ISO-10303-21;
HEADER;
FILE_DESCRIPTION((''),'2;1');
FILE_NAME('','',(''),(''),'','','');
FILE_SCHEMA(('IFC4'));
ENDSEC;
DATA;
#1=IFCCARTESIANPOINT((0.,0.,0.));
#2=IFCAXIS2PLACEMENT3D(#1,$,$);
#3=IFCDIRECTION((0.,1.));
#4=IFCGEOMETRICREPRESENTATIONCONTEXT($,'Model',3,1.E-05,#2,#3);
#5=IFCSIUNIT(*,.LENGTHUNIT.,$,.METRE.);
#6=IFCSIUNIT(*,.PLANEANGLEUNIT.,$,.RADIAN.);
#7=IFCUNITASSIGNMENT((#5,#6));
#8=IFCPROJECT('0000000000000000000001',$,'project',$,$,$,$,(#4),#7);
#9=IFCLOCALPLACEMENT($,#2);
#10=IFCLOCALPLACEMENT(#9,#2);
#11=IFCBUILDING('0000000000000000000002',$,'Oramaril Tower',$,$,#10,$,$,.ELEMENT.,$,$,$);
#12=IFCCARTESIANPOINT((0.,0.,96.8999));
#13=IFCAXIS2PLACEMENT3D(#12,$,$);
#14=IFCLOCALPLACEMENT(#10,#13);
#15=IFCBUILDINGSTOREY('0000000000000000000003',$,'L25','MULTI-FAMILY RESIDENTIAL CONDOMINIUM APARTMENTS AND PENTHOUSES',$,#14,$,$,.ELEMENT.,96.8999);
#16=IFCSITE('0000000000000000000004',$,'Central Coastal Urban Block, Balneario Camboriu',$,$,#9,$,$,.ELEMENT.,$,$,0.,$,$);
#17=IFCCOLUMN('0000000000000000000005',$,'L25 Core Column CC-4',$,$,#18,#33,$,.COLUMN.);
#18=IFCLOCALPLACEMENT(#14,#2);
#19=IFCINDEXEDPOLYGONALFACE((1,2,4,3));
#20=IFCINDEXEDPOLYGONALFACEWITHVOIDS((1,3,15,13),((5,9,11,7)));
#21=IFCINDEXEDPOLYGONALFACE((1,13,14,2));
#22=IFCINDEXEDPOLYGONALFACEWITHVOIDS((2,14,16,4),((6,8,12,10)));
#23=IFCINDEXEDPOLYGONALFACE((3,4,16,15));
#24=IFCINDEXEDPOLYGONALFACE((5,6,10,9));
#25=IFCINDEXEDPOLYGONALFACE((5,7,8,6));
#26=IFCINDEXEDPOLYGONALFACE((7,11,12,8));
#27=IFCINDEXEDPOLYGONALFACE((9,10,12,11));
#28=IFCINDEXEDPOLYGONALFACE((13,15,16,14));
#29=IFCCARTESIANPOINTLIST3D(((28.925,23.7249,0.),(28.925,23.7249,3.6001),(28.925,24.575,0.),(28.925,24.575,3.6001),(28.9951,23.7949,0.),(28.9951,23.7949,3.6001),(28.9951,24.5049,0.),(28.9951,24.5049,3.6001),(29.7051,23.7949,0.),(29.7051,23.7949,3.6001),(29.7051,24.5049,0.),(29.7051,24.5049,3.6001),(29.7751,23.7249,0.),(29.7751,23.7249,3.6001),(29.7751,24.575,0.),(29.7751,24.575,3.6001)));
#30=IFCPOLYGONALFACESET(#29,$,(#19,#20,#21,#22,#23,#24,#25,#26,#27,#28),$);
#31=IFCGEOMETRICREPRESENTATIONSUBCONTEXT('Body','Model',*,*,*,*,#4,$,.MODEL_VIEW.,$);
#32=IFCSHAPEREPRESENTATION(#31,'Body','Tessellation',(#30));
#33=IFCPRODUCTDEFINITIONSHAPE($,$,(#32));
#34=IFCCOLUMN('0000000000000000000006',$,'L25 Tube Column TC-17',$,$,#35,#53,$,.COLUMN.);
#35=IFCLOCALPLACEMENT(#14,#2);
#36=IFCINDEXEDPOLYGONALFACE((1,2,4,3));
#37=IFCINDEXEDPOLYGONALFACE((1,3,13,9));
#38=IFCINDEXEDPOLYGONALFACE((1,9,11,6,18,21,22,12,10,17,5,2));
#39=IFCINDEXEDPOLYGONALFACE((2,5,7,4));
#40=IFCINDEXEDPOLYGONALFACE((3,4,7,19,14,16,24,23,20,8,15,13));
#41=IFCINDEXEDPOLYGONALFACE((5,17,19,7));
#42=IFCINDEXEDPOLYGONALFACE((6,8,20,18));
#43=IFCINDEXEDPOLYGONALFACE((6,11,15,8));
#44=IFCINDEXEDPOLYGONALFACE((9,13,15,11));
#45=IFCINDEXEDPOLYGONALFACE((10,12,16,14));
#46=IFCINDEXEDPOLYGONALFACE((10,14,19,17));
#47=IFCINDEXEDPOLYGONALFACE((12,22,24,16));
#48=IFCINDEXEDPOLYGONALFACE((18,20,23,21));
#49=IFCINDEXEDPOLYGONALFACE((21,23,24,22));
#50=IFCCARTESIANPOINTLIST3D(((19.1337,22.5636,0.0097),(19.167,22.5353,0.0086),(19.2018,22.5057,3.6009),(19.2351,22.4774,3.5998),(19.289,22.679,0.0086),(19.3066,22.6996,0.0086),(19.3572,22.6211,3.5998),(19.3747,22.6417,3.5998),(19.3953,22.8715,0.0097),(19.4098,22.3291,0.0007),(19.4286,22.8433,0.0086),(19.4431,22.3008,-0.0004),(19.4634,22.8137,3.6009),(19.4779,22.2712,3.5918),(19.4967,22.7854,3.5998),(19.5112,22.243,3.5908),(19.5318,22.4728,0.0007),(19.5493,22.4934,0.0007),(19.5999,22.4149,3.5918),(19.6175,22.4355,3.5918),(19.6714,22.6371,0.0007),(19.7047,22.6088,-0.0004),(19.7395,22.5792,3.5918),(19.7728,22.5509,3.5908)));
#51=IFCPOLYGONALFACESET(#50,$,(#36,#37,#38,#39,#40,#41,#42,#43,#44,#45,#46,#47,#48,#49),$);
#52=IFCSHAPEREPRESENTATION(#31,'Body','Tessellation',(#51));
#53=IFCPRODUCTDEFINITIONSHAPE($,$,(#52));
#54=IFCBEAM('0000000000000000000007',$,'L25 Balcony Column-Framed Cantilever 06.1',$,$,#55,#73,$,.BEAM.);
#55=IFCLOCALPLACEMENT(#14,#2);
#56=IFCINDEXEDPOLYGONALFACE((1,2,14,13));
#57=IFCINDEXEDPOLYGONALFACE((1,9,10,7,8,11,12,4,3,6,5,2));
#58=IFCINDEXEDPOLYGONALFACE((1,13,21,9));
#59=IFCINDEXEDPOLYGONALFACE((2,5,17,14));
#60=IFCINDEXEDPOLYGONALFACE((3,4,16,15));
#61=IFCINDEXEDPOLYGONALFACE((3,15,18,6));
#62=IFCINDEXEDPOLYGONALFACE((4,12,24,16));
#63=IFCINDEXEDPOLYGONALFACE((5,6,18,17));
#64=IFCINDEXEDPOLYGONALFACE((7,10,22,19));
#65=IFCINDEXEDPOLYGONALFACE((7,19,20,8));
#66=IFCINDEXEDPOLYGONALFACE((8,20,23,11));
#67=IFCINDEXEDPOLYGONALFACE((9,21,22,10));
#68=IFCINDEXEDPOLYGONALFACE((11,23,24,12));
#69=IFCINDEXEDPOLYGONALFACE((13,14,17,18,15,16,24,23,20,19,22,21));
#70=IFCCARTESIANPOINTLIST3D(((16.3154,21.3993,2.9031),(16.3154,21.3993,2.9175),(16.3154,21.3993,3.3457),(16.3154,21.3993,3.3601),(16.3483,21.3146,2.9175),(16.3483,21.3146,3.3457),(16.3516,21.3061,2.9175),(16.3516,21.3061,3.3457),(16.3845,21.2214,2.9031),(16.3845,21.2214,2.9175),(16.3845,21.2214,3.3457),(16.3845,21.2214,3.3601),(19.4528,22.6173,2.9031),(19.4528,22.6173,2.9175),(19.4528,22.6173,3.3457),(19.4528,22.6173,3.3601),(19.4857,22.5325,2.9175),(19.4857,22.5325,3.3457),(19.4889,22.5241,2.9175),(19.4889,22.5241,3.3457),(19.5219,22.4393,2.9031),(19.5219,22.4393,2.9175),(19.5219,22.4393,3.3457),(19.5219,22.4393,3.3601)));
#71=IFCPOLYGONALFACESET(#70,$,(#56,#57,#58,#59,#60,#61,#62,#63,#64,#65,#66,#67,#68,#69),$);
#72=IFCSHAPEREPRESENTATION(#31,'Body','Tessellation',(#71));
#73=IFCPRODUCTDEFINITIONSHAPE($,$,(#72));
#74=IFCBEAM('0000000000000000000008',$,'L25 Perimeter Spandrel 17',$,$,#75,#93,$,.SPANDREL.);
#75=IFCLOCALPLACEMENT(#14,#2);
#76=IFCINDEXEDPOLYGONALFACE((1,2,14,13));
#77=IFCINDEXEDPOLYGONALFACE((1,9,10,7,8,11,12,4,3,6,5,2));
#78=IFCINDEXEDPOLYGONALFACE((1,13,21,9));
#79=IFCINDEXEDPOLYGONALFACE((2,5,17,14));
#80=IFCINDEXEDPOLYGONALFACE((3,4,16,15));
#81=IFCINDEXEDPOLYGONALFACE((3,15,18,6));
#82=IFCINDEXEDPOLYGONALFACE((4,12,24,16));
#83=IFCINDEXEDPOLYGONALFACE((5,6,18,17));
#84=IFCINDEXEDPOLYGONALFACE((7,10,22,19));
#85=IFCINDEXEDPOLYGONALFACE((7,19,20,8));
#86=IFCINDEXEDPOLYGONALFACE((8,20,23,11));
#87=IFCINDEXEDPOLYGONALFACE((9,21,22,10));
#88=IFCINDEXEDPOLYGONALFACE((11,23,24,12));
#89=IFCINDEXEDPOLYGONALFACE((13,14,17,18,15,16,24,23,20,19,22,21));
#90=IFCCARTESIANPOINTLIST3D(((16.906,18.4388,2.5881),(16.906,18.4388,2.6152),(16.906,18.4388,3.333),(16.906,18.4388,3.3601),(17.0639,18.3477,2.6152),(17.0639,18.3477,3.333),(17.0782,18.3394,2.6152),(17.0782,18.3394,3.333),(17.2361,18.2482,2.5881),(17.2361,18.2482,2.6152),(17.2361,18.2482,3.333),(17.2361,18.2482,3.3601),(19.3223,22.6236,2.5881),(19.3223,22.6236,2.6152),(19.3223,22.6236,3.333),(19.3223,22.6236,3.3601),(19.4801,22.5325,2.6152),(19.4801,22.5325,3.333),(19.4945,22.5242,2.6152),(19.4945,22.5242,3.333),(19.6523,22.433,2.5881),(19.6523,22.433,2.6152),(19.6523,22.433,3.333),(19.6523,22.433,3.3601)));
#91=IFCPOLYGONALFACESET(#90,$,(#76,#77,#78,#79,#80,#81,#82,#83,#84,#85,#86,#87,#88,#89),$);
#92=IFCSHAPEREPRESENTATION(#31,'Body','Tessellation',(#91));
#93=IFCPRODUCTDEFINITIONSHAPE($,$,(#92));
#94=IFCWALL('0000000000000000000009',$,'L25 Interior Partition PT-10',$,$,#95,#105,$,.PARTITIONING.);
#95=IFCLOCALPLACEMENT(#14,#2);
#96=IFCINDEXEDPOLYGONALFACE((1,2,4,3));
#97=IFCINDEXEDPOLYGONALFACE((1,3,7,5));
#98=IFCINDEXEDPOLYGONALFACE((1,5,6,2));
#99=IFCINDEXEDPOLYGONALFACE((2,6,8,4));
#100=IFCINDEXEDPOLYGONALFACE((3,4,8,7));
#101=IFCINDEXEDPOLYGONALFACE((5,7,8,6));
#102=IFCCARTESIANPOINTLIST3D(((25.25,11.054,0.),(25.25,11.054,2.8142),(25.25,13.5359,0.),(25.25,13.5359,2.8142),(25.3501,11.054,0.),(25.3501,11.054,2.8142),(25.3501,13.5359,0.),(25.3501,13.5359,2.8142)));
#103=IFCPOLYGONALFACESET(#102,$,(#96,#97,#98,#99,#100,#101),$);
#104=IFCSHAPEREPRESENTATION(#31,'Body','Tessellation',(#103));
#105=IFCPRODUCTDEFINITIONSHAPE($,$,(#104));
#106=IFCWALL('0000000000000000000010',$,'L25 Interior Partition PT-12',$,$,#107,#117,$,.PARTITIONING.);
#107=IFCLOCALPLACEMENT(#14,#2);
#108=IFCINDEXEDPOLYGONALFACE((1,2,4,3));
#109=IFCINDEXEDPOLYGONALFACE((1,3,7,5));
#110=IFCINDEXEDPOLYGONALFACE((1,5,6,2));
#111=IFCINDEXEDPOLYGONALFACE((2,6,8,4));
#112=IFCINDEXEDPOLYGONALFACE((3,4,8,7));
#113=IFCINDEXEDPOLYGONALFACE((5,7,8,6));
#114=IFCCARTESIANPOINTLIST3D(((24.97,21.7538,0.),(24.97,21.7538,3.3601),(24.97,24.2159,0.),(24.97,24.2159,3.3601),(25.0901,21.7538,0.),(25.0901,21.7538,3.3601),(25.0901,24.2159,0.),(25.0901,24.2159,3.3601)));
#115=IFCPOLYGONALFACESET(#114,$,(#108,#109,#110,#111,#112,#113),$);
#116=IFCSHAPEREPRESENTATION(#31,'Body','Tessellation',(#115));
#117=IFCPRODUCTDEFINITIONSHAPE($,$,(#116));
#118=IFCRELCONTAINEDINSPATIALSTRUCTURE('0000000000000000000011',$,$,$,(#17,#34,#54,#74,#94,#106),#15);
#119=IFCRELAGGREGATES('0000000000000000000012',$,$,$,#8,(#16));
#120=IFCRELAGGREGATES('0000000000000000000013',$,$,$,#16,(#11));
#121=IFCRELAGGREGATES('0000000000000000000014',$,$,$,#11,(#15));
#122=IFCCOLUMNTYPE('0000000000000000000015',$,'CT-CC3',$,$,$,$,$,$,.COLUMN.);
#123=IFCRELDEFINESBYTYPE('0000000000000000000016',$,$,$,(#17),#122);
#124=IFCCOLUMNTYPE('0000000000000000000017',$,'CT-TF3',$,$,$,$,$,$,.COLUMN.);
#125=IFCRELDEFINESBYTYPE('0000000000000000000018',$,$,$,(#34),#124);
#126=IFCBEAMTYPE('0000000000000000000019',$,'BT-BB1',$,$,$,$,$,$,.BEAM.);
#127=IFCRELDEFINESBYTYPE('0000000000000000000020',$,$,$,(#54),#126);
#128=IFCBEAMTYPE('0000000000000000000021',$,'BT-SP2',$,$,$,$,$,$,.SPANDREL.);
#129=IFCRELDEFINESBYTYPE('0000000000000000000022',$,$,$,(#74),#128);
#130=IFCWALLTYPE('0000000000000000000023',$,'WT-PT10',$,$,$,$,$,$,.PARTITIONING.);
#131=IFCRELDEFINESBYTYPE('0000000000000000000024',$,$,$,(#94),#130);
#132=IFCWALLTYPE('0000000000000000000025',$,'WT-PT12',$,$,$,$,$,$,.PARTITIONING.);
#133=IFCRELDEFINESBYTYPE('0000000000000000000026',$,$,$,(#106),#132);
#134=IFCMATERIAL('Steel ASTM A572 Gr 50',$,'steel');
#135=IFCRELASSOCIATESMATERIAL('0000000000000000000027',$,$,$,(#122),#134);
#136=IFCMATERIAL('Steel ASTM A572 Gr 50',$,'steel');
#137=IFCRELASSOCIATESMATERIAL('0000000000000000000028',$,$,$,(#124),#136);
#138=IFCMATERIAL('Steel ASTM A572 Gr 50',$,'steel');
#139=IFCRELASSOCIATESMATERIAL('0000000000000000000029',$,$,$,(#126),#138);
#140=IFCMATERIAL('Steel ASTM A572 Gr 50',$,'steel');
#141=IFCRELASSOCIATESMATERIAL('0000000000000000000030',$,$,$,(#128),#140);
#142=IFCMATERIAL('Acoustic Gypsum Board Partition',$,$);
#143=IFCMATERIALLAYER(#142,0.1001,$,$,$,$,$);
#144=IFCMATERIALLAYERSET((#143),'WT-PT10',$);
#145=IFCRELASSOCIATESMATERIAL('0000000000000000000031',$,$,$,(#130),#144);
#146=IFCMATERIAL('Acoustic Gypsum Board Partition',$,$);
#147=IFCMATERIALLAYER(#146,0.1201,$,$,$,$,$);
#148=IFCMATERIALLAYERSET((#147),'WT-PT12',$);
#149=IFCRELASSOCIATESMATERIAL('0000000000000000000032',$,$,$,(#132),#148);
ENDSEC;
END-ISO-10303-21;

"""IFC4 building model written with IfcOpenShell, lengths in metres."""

from ifc_helpers import new_model, si_unit, direction, frame, frame_2d, origin, origin_2d, place, context, subcontext, project, spatial, rectangle, hollow_rectangle, i_section, extrude, material, layer, layer_set, material_profile, profile_set, type_object, element, save


model = new_model("IFC4")

# Units and contexts
model_context = context("Model", 3, precision=1e-05, world=origin(), true_north=direction((0.0, 1.0)))
body_context = subcontext(model_context, "Body", "Model", "MODEL_VIEW")
ifc_project = project(units=[si_unit("LENGTHUNIT", "METRE"), si_unit("PLANEANGLEUNIT", "RADIAN")], contexts=[model_context])

# Site, building, storey
site_placement = place(None, origin())
site = spatial("IfcSite", under=ifc_project, at=site_placement, Name="Central Coastal Urban Block, Balneario Camboriu", CompositionType="ELEMENT", RefElevation=0.0)
building_placement = place(site_placement, origin())
building = spatial("IfcBuilding", under=site, at=building_placement, Name="Oramaril Tower", CompositionType="ELEMENT")
storey_placement = place(building_placement, frame((0.0, 0.0, 96.8999)))
storey = spatial("IfcBuildingStorey", under=building, at=storey_placement, Name="L25", Description="MULTI-FAMILY RESIDENTIAL CONDOMINIUM APARTMENTS AND PENTHOUSES", CompositionType="ELEMENT", Elevation=96.8999)

# Columns
ifc_material_1 = material(Name="Steel ASTM A572 Gr 50", Category="steel")
ifc_material_profile_1 = material_profile(ifc_material_1, hollow_rectangle(XDim=0.8501, YDim=0.8501, WallThickness=0.0701, at=origin_2d()), Name="BOX850X850X70")
ifc_profile_set_1 = profile_set([ifc_material_profile_1], Name="Steel ASTM A572 Gr 50")
column_type_1 = type_object("IfcColumnType", Name="CT-CC3", PredefinedType="COLUMN", material=ifc_profile_set_1)
column_1_placement = place(storey_placement, frame((29.3501, 24.1499, 0.0), z_axis=(0.0, 0.0, 1.0), x_axis=(1.0, 0.0, 0.0)))
element("IfcColumn", 1, at=column_1_placement, inside=storey, type_object=column_type_1, Name="L25 Core Column CC-4", PredefinedType="COLUMN", context=body_context, shape_type="SweptSolid", body=[
    extrude(hollow_rectangle(XDim=0.8501, YDim=0.8501, WallThickness=0.0701, at=origin_2d()), origin(), (0.0, 0.0, 1.0), 3.6001),
])
ifc_material_2 = material(Name="Steel ASTM A572 Gr 50", Category="steel")
ifc_material_profile_2 = material_profile(ifc_material_2, i_section(OverallWidth=0.4041, OverallDepth=0.406, WebThickness=0.0271, FlangeThickness=0.0437, at=origin_2d()), Name="W14X233")
ifc_profile_set_2 = profile_set([ifc_material_profile_2], Name="Steel ASTM A572 Gr 50")
column_type_2 = type_object("IfcColumnType", Name="CT-TF3", PredefinedType="COLUMN", material=ifc_profile_set_2)
column_2_placement = place(storey_placement, frame((19.4192, 22.5862, 0.0046), z_axis=(0.018962, -0.016108, 0.99969), x_axis=(0.647411, 0.762141, 0.0)))
element("IfcColumn", 2, at=column_2_placement, inside=storey, type_object=column_type_2, Name="L25 Tube Column TC-17", PredefinedType="COLUMN", context=body_context, shape_type="SweptSolid", body=[
    extrude(i_section(OverallWidth=0.4041, OverallDepth=0.406, WebThickness=0.0271, FlangeThickness=0.0437, at=origin_2d()), origin(), (0.0, 0.0, 1.0), 3.5923),
])

# Beams
ifc_material_3 = material(Name="Steel ASTM A572 Gr 50", Category="steel")
ifc_material_profile_3 = material_profile(ifc_material_3, i_section(OverallWidth=0.1909, OverallDepth=0.457, WebThickness=0.009, FlangeThickness=0.0144, at=origin_2d()), Name="W18X50")
ifc_profile_set_3 = profile_set([ifc_material_profile_3], Name="Steel ASTM A572 Gr 50")
beam_type_1 = type_object("IfcBeamType", Name="BT-BB1", PredefinedType="BEAM", material=ifc_profile_set_3)
beam_1_placement = place(storey_placement, frame((19.4873, 22.5283, 3.1316), z_axis=(-0.932216, -0.361904, 0.0), x_axis=(0.361904, -0.932216, 0.0)))
element("IfcBeam", 3, at=beam_1_placement, inside=storey, type_object=beam_type_1, Name="L25 Balcony Column-Framed Cantilever 06.1", PredefinedType="BEAM", context=body_context, shape_type="SweptSolid", body=[
    extrude(i_section(OverallWidth=0.1909, OverallDepth=0.457, WebThickness=0.009, FlangeThickness=0.0144, at=origin_2d()), origin(), (0.0, 0.0, 1.0), 3.3655),
])
ifc_material_4 = material(Name="Steel ASTM A572 Gr 50", Category="steel")
ifc_material_profile_4 = material_profile(ifc_material_4, i_section(OverallWidth=0.3811, OverallDepth=0.772, WebThickness=0.0166, FlangeThickness=0.0271, at=origin_2d()), Name="W30X173")
ifc_profile_set_4 = profile_set([ifc_material_profile_4], Name="Steel ASTM A572 Gr 50")
beam_type_2 = type_object("IfcBeamType", Name="BT-SP2", PredefinedType="SPANDREL", material=ifc_profile_set_4)
beam_2_placement = place(storey_placement, frame((19.4873, 22.5283, 2.9741), z_axis=(-0.500024, -0.866011, 0.0), x_axis=(0.866011, -0.500024, 0.0)))
element("IfcBeam", 4, at=beam_2_placement, inside=storey, type_object=beam_type_2, Name="L25 Perimeter Spandrel 17", PredefinedType="SPANDREL", context=body_context, shape_type="SweptSolid", body=[
    extrude(i_section(OverallWidth=0.3811, OverallDepth=0.772, WebThickness=0.0166, FlangeThickness=0.0271, at=origin_2d()), origin(), (0.0, 0.0, 1.0), 4.8323),
])

# Walls
ifc_material_5 = material(Name="Acoustic Gypsum Board Partition")
ifc_layer_1 = layer(ifc_material_5, 0.1001)
ifc_layer_set_1 = layer_set([ifc_layer_1], Name="WT-PT10")
wall_type_1 = type_object("IfcWallType", Name="WT-PT10", PredefinedType="PARTITIONING", material=ifc_layer_set_1)
wall_1_placement = place(storey_placement, frame((25.3, 11.054, 0.0), z_axis=(0.0, 0.0, 1.0), x_axis=(0.0, 1.0, 0.0)))
element("IfcWall", 5, at=wall_1_placement, inside=storey, type_object=wall_type_1, Name="L25 Interior Partition PT-10", PredefinedType="PARTITIONING", context=body_context, shape_type="SweptSolid", body=[
    extrude(rectangle(XDim=2.4819, YDim=0.1001, at=frame_2d((1.241, 0.0))), origin(), (0.0, 0.0, 1.0), 2.8142),
])
ifc_material_6 = material(Name="Acoustic Gypsum Board Partition")
ifc_layer_2 = layer(ifc_material_6, 0.1201)
ifc_layer_set_2 = layer_set([ifc_layer_2], Name="WT-PT12")
wall_type_2 = type_object("IfcWallType", Name="WT-PT12", PredefinedType="PARTITIONING", material=ifc_layer_set_2)
wall_2_placement = place(storey_placement, frame((25.03, 21.7539, 0.0), z_axis=(0.0, 0.0, 1.0), x_axis=(0.0, 1.0, 0.0)))
element("IfcWall", 6, at=wall_2_placement, inside=storey, type_object=wall_type_2, Name="L25 Interior Partition PT-12", PredefinedType="PARTITIONING", context=body_context, shape_type="SweptSolid", body=[
    extrude(rectangle(XDim=2.4622, YDim=0.1201, at=frame_2d((1.231, 0.0))), origin(), (0.0, 0.0, 1.0), 3.3601),
])

save(model, "model.ifc")
